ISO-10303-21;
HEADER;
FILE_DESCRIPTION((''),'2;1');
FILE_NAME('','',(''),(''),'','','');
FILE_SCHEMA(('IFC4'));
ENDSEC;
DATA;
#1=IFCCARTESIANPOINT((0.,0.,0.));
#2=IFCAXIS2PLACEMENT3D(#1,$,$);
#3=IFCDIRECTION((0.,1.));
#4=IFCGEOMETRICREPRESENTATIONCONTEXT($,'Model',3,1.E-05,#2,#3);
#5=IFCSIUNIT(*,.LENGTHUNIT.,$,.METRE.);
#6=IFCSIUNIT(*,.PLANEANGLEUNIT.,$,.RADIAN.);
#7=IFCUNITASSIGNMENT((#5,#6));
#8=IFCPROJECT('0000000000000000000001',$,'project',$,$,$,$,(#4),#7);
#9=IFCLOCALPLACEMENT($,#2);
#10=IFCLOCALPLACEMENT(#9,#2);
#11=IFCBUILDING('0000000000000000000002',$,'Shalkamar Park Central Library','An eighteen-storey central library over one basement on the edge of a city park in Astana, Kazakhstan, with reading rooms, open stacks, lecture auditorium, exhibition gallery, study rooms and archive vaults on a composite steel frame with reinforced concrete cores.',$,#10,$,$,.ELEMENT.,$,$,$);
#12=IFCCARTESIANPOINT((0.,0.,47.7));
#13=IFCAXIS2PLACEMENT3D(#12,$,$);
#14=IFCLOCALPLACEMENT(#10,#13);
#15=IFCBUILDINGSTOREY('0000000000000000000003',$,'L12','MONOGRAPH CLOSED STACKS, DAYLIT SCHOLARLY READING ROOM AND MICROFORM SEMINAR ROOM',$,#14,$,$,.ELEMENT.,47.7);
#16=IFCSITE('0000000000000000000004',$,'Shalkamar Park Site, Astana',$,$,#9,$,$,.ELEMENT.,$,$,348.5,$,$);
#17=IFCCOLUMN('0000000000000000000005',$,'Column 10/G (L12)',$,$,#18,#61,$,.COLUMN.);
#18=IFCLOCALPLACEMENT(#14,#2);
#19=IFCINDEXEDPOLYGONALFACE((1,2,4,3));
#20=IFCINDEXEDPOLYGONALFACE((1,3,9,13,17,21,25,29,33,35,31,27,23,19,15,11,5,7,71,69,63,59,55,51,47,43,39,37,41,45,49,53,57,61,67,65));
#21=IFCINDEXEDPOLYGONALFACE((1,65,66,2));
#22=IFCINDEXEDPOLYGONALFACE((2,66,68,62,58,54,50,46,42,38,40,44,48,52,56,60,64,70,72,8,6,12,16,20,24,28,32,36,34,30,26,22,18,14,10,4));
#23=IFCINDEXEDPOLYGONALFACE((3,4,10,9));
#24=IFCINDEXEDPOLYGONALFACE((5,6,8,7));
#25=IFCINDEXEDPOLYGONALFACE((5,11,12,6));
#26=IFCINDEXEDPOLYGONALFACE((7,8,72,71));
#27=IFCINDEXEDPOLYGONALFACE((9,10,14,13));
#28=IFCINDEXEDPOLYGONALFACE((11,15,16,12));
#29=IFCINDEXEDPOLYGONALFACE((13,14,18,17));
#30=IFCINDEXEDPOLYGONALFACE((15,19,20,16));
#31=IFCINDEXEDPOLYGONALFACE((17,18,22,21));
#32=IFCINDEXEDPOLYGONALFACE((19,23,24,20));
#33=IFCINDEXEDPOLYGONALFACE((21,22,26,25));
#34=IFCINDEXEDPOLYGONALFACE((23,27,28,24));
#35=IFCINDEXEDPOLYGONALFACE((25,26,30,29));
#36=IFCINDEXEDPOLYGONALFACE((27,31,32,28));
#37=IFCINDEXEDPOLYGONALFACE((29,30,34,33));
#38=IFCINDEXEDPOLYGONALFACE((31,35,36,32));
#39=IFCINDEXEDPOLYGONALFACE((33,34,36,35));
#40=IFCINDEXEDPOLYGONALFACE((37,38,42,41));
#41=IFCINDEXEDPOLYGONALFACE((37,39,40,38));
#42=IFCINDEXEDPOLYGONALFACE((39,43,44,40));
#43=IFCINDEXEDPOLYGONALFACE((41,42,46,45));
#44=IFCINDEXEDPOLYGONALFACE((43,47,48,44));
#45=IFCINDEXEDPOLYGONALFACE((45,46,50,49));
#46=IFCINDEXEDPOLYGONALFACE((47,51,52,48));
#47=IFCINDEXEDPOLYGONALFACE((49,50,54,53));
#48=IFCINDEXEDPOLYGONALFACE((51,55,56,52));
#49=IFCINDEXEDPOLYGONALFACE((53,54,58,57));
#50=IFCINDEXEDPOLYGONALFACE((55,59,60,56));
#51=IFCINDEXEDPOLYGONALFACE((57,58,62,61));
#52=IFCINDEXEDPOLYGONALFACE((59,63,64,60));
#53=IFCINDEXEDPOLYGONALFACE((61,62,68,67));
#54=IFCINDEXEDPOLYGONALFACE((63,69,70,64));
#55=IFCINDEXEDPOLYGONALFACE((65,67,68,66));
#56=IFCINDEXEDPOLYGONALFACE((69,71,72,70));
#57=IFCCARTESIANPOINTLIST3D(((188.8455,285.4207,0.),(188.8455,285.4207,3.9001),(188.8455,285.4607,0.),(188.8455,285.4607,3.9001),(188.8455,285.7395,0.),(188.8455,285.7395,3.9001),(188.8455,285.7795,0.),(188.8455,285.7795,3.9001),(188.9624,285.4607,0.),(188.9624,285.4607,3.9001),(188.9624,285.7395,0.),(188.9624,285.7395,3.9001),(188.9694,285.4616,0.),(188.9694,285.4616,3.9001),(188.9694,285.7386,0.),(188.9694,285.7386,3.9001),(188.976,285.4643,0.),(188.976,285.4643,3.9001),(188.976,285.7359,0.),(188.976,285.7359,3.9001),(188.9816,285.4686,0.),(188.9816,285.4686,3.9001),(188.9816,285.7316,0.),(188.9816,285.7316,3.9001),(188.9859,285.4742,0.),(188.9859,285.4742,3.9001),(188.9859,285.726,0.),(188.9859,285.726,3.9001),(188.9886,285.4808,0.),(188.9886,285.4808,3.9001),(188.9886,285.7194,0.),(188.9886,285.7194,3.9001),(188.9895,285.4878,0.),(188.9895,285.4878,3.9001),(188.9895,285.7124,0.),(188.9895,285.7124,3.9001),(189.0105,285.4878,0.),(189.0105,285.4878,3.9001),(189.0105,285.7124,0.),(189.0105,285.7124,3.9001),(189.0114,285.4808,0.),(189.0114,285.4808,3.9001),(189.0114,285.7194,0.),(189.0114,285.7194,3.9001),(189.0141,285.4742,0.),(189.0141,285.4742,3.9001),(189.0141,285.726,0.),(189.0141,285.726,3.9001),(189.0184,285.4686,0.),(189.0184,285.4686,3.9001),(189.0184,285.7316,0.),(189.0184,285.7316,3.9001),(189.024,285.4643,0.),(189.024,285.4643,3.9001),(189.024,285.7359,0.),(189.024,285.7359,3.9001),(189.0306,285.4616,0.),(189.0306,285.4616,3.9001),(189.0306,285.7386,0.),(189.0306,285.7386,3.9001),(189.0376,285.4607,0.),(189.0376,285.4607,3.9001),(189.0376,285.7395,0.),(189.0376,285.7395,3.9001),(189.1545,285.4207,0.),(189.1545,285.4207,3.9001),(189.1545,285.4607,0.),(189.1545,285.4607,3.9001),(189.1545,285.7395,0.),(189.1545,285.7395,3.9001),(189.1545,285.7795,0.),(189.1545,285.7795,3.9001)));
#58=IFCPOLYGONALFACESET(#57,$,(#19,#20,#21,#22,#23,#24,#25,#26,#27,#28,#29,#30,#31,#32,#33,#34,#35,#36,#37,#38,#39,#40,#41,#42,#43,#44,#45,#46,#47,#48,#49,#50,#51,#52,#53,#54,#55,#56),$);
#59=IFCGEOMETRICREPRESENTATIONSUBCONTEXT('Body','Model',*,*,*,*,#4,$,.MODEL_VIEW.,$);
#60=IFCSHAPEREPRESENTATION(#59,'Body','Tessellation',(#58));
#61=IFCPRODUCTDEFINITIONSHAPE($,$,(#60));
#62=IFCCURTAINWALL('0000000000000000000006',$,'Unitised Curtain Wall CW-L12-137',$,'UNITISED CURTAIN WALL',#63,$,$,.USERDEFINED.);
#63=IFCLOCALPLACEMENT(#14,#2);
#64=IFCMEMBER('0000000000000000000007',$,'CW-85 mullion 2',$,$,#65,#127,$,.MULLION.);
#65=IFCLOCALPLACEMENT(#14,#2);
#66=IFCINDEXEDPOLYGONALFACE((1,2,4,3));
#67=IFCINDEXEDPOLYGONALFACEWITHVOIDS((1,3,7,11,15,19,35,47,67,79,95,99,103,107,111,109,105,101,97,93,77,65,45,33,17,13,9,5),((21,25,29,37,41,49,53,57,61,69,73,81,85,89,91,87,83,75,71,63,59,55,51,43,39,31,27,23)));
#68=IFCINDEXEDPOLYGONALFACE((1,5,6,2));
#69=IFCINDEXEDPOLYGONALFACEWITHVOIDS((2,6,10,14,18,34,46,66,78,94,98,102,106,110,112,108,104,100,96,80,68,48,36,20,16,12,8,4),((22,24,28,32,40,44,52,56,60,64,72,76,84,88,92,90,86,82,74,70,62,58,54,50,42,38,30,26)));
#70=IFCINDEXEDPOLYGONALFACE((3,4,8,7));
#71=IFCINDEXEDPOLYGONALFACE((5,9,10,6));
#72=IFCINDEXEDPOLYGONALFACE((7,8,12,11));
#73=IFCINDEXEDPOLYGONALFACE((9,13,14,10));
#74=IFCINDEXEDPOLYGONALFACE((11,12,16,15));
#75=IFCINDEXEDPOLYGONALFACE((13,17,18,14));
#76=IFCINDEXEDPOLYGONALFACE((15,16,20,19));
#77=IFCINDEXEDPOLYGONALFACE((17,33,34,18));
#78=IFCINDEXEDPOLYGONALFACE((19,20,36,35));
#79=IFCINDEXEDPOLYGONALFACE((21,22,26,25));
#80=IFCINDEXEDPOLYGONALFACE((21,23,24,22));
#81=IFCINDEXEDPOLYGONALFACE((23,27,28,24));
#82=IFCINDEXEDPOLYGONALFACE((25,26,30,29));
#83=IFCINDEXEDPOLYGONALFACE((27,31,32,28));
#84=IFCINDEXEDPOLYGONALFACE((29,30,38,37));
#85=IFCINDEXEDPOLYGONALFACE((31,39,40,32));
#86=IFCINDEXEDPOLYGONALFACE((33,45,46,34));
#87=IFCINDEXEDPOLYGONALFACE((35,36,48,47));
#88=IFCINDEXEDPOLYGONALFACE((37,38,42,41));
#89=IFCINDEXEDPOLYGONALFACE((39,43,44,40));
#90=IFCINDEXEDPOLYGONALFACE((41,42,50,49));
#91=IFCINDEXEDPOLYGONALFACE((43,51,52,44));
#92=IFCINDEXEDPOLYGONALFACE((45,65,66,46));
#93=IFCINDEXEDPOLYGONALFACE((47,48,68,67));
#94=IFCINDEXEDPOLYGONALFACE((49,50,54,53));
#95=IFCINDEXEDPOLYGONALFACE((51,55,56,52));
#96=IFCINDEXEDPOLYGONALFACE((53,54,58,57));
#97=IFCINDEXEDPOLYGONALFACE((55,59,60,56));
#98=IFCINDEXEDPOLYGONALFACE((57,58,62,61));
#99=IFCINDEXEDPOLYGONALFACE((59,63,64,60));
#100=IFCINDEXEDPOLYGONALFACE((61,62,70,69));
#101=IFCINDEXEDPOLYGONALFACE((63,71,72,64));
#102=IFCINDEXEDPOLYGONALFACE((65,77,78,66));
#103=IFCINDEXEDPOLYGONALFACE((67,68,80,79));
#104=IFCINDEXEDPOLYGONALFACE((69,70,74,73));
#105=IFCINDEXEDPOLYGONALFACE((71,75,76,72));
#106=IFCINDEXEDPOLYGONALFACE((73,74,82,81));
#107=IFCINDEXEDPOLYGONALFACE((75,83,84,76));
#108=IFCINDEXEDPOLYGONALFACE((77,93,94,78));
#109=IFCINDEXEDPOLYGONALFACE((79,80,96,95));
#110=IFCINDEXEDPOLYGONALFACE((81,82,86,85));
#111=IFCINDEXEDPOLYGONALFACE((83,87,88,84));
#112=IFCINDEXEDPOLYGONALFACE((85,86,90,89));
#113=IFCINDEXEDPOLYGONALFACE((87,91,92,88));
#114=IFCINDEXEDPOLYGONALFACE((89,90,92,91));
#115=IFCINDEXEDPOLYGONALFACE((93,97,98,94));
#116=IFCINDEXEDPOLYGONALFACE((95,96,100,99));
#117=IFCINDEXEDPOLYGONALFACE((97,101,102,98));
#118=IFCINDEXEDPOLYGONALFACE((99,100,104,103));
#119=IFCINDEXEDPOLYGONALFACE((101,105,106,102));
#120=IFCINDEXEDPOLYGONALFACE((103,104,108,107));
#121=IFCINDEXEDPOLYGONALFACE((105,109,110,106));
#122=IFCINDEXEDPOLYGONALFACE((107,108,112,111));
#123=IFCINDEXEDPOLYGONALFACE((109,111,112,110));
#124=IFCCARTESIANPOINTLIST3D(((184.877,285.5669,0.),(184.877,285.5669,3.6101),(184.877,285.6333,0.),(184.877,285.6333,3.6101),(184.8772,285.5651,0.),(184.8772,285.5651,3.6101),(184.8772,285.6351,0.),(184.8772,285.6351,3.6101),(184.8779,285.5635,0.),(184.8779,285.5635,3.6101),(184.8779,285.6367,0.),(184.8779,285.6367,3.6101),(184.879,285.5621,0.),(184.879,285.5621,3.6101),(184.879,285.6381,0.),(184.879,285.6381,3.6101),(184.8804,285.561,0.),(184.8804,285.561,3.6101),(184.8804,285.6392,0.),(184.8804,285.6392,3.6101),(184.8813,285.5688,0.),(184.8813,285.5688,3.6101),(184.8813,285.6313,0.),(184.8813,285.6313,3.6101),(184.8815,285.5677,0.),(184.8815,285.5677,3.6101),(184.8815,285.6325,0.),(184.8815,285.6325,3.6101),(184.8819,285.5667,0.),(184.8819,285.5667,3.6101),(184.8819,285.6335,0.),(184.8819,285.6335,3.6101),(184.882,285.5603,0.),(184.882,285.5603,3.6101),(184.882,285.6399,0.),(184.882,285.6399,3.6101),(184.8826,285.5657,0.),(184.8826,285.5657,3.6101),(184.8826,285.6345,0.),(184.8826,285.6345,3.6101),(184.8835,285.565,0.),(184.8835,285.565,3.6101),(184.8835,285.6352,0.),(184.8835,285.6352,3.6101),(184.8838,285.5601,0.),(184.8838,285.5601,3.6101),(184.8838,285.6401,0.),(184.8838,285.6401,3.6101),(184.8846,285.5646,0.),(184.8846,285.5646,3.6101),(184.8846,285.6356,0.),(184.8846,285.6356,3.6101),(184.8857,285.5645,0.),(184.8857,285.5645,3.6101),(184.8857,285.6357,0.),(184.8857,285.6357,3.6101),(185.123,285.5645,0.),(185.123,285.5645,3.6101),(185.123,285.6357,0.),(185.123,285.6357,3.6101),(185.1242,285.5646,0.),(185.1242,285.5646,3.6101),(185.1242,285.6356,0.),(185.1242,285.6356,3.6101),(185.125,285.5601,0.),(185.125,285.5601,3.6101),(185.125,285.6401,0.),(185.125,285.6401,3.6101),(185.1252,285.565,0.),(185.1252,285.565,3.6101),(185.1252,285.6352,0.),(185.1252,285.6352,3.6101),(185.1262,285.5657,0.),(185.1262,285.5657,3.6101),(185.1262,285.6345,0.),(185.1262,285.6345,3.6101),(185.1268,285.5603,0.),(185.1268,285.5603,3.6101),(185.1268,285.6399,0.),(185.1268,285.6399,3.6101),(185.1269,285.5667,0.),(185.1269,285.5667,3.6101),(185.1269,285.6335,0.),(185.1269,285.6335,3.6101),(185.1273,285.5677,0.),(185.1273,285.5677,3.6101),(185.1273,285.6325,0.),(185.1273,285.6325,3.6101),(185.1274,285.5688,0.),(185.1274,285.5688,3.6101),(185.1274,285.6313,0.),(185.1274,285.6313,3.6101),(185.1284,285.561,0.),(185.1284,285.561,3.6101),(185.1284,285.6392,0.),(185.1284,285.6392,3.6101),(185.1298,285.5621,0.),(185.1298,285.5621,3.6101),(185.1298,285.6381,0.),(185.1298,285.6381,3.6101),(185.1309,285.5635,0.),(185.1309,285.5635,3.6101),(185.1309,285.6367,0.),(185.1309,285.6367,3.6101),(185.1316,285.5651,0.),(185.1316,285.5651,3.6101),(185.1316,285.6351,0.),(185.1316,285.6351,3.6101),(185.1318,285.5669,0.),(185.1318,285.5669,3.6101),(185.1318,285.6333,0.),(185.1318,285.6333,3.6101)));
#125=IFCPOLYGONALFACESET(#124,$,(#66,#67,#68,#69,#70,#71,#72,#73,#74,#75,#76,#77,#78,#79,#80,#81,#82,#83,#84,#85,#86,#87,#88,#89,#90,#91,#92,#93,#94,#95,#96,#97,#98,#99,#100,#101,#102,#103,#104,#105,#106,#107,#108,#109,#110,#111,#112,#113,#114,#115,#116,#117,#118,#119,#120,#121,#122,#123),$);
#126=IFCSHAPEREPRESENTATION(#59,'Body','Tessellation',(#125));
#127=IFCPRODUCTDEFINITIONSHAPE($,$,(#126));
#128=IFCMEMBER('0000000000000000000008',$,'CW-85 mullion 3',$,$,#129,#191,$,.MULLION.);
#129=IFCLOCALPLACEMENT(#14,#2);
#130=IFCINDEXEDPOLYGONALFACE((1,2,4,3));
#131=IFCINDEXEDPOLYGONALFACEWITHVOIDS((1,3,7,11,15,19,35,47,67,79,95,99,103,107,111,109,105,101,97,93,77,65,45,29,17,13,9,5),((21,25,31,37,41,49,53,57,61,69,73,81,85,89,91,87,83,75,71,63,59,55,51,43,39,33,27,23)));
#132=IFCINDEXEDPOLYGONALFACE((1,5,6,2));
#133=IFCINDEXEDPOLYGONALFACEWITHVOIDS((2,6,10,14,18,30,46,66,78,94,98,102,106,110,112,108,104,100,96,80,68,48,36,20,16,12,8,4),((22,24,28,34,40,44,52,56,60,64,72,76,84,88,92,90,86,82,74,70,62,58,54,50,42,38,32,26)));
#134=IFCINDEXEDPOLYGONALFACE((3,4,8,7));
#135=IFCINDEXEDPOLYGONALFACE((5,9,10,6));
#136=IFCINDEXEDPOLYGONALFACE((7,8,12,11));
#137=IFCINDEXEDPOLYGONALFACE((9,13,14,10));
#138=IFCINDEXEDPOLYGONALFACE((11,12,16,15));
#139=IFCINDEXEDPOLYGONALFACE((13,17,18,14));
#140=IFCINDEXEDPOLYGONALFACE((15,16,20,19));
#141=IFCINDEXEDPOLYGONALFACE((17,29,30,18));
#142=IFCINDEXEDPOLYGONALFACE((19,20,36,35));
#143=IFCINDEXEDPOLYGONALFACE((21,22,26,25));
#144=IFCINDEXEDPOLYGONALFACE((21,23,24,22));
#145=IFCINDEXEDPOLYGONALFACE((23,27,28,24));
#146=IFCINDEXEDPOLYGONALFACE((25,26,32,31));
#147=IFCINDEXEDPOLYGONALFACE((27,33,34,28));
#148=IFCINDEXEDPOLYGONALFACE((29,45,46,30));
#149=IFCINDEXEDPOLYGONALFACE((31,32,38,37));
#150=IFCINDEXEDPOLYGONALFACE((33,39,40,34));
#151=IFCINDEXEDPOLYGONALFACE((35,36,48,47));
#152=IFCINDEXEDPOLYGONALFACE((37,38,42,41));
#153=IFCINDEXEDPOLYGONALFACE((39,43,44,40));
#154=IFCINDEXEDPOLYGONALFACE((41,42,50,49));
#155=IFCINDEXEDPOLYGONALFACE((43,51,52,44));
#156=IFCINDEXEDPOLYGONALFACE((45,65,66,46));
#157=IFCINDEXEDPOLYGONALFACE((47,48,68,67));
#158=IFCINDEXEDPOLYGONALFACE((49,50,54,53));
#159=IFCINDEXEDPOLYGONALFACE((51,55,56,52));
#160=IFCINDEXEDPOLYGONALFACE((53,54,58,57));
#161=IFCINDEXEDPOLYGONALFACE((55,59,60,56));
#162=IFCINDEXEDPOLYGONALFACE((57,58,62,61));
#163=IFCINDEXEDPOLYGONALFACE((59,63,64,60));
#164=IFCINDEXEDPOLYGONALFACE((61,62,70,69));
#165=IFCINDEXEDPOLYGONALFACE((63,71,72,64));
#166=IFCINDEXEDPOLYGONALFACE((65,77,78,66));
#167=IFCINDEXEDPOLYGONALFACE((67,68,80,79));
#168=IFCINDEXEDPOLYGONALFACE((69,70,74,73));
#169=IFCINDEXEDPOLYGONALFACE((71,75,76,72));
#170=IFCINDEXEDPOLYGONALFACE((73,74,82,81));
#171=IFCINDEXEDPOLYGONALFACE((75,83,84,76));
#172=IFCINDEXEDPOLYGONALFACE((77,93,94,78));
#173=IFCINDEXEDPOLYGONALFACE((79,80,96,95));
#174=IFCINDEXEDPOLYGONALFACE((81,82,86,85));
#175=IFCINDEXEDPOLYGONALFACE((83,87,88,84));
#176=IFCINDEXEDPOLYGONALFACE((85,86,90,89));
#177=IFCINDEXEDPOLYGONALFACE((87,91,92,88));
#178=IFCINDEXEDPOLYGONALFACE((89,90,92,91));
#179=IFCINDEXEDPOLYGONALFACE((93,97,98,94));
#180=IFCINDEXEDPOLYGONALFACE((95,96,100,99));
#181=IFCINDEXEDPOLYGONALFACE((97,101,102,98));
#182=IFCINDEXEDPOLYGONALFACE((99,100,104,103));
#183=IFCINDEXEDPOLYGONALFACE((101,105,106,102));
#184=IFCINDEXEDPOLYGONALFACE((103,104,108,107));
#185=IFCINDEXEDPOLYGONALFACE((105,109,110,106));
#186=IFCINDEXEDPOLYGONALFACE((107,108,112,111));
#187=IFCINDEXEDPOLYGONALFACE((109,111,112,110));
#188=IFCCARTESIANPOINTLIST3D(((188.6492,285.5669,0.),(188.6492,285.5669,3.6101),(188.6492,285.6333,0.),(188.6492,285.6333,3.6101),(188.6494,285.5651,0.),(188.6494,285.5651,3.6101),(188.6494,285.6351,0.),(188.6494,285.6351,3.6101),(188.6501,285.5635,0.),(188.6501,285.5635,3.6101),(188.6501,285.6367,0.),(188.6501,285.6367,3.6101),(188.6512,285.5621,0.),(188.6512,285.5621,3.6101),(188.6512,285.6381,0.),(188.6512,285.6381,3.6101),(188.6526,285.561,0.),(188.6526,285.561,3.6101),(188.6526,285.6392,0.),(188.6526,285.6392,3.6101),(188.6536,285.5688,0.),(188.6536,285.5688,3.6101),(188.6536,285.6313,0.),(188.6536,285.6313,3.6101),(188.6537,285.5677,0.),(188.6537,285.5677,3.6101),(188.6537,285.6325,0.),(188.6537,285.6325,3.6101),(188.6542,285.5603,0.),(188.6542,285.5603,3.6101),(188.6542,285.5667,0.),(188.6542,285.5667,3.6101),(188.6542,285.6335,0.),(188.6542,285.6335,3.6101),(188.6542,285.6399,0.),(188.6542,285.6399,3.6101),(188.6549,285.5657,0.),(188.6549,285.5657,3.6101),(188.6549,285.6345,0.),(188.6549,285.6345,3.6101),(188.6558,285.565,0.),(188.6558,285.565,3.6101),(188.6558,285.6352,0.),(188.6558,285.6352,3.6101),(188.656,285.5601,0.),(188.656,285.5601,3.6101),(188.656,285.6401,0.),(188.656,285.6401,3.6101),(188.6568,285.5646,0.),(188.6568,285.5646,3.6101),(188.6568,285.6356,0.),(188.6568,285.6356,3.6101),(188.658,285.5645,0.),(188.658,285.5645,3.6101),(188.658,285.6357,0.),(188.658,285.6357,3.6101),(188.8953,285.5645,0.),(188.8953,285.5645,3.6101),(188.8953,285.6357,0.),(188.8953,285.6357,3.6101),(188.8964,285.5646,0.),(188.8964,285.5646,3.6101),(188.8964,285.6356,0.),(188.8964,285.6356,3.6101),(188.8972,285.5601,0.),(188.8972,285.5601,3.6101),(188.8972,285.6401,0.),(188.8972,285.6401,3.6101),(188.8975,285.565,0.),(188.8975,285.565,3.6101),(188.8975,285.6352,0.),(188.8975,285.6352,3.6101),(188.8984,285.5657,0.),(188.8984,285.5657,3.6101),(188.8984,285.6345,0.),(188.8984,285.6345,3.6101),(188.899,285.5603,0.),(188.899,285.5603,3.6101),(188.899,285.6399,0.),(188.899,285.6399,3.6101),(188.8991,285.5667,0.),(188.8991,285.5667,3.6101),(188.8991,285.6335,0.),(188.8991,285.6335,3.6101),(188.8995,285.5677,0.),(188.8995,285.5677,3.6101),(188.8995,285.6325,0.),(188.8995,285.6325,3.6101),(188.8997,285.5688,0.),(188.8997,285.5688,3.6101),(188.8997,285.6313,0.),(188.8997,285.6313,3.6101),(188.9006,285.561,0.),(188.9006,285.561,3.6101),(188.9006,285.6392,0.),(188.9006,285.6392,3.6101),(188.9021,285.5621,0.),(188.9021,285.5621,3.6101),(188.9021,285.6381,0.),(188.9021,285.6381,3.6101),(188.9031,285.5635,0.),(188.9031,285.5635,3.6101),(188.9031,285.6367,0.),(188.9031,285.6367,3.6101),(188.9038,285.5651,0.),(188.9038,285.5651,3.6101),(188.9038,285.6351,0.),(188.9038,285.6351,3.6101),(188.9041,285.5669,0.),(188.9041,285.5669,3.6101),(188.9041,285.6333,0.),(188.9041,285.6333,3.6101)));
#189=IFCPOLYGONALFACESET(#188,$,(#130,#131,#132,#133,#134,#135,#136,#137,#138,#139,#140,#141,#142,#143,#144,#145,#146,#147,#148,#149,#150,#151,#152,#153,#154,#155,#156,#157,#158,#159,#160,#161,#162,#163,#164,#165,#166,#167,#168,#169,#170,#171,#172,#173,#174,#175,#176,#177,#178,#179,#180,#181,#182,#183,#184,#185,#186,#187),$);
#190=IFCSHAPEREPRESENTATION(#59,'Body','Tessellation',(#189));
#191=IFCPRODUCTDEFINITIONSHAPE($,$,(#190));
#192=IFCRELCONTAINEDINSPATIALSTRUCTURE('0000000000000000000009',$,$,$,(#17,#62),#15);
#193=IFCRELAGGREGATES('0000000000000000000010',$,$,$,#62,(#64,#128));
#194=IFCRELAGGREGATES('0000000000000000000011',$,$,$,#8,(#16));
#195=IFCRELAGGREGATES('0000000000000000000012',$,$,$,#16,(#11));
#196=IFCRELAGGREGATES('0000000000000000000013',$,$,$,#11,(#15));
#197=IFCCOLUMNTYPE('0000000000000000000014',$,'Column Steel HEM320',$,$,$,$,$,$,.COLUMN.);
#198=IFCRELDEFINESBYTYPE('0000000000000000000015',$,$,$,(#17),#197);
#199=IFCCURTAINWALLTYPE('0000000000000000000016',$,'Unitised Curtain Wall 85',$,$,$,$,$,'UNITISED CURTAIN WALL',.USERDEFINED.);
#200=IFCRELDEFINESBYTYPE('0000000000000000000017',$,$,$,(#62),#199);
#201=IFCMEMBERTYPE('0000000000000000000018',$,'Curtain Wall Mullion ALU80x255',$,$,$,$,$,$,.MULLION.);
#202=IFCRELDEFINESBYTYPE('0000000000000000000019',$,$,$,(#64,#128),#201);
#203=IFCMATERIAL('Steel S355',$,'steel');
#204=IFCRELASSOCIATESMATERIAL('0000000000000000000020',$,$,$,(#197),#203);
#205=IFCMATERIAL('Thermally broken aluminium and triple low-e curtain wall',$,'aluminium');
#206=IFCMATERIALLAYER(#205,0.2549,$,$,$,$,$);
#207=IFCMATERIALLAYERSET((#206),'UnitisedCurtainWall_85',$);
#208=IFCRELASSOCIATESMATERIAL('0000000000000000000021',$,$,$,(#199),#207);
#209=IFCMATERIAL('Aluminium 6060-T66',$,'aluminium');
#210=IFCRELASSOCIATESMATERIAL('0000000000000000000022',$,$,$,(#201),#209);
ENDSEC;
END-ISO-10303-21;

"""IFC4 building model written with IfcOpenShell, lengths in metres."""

from ifc_helpers import new_model, si_unit, direction, frame, origin, origin_2d, place, context, subcontext, project, spatial, hollow_rectangle, i_section, extrude, material, layer, layer_set, material_profile, profile_set, type_object, element, aggregate, save


model = new_model("IFC4")

# Units and contexts
model_context = context("Model", 3, precision=1e-05, world=origin(), true_north=direction((0.0, 1.0)))
body_context = subcontext(model_context, "Body", "Model", "MODEL_VIEW")
ifc_project = project(units=[si_unit("LENGTHUNIT", "METRE"), si_unit("PLANEANGLEUNIT", "RADIAN")], contexts=[model_context])

# Site, building, storey
site_placement = place(None, origin())
site = spatial("IfcSite", under=ifc_project, at=site_placement, Name="Shalkamar Park Site, Astana", CompositionType="ELEMENT", RefElevation=348.5)
building_placement = place(site_placement, origin())
building = spatial("IfcBuilding", under=site, at=building_placement, Name="Shalkamar Park Central Library", Description="An eighteen-storey central library over one basement on the edge of a city park in Astana, Kazakhstan, with reading rooms, open stacks, lecture auditorium, exhibition gallery, study rooms and archive vaults on a composite steel frame with reinforced concrete cores.", CompositionType="ELEMENT")
storey_placement = place(building_placement, frame((0.0, 0.0, 47.7)))
storey = spatial("IfcBuildingStorey", under=building, at=storey_placement, Name="L12", Description="MONOGRAPH CLOSED STACKS, DAYLIT SCHOLARLY READING ROOM AND MICROFORM SEMINAR ROOM", CompositionType="ELEMENT", Elevation=47.7)

# Column
ifc_material_1 = material(Name="Steel S355", Category="steel")
ifc_material_profile_1 = material_profile(ifc_material_1, i_section(OverallWidth=0.3091, OverallDepth=0.3589, WebThickness=0.021, FlangeThickness=0.04, FilletRadius=0.0271, at=origin_2d()), Name="HEM 320")
ifc_profile_set_1 = profile_set([ifc_material_profile_1], Name="Steel S355")
column_type = type_object("IfcColumnType", Name="Column Steel HEM320", PredefinedType="COLUMN", material=ifc_profile_set_1)
column_placement = place(storey_placement, frame((189.0, 285.6001, 0.0), z_axis=(0.0, 0.0, 1.0), x_axis=(1.0, 0.0, 0.0)))
element("IfcColumn", 1, at=column_placement, inside=storey, type_object=column_type, Name="Column 10/G (L12)", PredefinedType="COLUMN", context=body_context, shape_type="SweptSolid", body=[
    extrude(i_section(OverallWidth=0.3091, OverallDepth=0.3589, WebThickness=0.021, FlangeThickness=0.04, FilletRadius=0.0271, at=origin_2d()), origin(), (0.0, 0.0, 1.0), 3.9001),
])

# Curtain wall, members
ifc_material_2 = material(Name="Thermally broken aluminium and triple low-e curtain wall", Category="aluminium")
ifc_layer_1 = layer(ifc_material_2, 0.2549)
ifc_layer_set_1 = layer_set([ifc_layer_1], Name="UnitisedCurtainWall_85")
curtain_wall_type_1 = type_object("IfcCurtainWallType", Name="Unitised Curtain Wall 85", ElementType="UNITISED CURTAIN WALL", PredefinedType="USERDEFINED", material=ifc_layer_set_1)
curtain_wall_1_placement = place(storey_placement, origin())
curtain_wall_1 = element("IfcCurtainWall", 2, at=curtain_wall_1_placement, inside=storey, type_object=curtain_wall_type_1, Name="Unitised Curtain Wall CW-L12-137", ObjectType="UNITISED CURTAIN WALL", PredefinedType="USERDEFINED")
ifc_material_3 = material(Name="Aluminium 6060-T66", Category="aluminium")
ifc_material_profile_2 = material_profile(ifc_material_3, hollow_rectangle(XDim=0.0801, YDim=0.2549, WallThickness=0.0044, InnerFilletRadius=0.0044, OuterFilletRadius=0.0068, at=origin_2d()), Name="ALU 80x255x4.5")
ifc_profile_set_2 = profile_set([ifc_material_profile_2], Name="Aluminium 6060-T66")
member_type_1 = type_object("IfcMemberType", Name="Curtain Wall Mullion ALU80x255", PredefinedType="MULLION", material=ifc_profile_set_2)
member_1_placement = place(storey_placement, frame((185.0044, 285.6001, 0.0), z_axis=(0.0, 0.0, 1.0), x_axis=(0.0, 1.0, 0.0)))
member_1 = element("IfcMember", 3, at=member_1_placement, type_object=member_type_1, Name="CW-85 mullion 2", PredefinedType="MULLION", context=body_context, shape_type="SweptSolid", body=[
    extrude(hollow_rectangle(XDim=0.0801, YDim=0.2549, WallThickness=0.0044, InnerFilletRadius=0.0044, OuterFilletRadius=0.0068, at=origin_2d()), origin(), (0.0, 0.0, 1.0), 3.6101),
])
member_2_placement = place(storey_placement, frame((188.7766, 285.6001, 0.0), z_axis=(0.0, 0.0, 1.0), x_axis=(0.0, 1.0, 0.0)))
member_2 = element("IfcMember", 4, at=member_2_placement, type_object=member_type_1, Name="CW-85 mullion 3", PredefinedType="MULLION", context=body_context, shape_type="SweptSolid", body=[
    extrude(hollow_rectangle(XDim=0.0801, YDim=0.2549, WallThickness=0.0044, InnerFilletRadius=0.0044, OuterFilletRadius=0.0068, at=origin_2d()), origin(), (0.0, 0.0, 1.0), 3.6101),
])

aggregate(curtain_wall_1, [member_1, member_2])

save(model, "model.ifc")
